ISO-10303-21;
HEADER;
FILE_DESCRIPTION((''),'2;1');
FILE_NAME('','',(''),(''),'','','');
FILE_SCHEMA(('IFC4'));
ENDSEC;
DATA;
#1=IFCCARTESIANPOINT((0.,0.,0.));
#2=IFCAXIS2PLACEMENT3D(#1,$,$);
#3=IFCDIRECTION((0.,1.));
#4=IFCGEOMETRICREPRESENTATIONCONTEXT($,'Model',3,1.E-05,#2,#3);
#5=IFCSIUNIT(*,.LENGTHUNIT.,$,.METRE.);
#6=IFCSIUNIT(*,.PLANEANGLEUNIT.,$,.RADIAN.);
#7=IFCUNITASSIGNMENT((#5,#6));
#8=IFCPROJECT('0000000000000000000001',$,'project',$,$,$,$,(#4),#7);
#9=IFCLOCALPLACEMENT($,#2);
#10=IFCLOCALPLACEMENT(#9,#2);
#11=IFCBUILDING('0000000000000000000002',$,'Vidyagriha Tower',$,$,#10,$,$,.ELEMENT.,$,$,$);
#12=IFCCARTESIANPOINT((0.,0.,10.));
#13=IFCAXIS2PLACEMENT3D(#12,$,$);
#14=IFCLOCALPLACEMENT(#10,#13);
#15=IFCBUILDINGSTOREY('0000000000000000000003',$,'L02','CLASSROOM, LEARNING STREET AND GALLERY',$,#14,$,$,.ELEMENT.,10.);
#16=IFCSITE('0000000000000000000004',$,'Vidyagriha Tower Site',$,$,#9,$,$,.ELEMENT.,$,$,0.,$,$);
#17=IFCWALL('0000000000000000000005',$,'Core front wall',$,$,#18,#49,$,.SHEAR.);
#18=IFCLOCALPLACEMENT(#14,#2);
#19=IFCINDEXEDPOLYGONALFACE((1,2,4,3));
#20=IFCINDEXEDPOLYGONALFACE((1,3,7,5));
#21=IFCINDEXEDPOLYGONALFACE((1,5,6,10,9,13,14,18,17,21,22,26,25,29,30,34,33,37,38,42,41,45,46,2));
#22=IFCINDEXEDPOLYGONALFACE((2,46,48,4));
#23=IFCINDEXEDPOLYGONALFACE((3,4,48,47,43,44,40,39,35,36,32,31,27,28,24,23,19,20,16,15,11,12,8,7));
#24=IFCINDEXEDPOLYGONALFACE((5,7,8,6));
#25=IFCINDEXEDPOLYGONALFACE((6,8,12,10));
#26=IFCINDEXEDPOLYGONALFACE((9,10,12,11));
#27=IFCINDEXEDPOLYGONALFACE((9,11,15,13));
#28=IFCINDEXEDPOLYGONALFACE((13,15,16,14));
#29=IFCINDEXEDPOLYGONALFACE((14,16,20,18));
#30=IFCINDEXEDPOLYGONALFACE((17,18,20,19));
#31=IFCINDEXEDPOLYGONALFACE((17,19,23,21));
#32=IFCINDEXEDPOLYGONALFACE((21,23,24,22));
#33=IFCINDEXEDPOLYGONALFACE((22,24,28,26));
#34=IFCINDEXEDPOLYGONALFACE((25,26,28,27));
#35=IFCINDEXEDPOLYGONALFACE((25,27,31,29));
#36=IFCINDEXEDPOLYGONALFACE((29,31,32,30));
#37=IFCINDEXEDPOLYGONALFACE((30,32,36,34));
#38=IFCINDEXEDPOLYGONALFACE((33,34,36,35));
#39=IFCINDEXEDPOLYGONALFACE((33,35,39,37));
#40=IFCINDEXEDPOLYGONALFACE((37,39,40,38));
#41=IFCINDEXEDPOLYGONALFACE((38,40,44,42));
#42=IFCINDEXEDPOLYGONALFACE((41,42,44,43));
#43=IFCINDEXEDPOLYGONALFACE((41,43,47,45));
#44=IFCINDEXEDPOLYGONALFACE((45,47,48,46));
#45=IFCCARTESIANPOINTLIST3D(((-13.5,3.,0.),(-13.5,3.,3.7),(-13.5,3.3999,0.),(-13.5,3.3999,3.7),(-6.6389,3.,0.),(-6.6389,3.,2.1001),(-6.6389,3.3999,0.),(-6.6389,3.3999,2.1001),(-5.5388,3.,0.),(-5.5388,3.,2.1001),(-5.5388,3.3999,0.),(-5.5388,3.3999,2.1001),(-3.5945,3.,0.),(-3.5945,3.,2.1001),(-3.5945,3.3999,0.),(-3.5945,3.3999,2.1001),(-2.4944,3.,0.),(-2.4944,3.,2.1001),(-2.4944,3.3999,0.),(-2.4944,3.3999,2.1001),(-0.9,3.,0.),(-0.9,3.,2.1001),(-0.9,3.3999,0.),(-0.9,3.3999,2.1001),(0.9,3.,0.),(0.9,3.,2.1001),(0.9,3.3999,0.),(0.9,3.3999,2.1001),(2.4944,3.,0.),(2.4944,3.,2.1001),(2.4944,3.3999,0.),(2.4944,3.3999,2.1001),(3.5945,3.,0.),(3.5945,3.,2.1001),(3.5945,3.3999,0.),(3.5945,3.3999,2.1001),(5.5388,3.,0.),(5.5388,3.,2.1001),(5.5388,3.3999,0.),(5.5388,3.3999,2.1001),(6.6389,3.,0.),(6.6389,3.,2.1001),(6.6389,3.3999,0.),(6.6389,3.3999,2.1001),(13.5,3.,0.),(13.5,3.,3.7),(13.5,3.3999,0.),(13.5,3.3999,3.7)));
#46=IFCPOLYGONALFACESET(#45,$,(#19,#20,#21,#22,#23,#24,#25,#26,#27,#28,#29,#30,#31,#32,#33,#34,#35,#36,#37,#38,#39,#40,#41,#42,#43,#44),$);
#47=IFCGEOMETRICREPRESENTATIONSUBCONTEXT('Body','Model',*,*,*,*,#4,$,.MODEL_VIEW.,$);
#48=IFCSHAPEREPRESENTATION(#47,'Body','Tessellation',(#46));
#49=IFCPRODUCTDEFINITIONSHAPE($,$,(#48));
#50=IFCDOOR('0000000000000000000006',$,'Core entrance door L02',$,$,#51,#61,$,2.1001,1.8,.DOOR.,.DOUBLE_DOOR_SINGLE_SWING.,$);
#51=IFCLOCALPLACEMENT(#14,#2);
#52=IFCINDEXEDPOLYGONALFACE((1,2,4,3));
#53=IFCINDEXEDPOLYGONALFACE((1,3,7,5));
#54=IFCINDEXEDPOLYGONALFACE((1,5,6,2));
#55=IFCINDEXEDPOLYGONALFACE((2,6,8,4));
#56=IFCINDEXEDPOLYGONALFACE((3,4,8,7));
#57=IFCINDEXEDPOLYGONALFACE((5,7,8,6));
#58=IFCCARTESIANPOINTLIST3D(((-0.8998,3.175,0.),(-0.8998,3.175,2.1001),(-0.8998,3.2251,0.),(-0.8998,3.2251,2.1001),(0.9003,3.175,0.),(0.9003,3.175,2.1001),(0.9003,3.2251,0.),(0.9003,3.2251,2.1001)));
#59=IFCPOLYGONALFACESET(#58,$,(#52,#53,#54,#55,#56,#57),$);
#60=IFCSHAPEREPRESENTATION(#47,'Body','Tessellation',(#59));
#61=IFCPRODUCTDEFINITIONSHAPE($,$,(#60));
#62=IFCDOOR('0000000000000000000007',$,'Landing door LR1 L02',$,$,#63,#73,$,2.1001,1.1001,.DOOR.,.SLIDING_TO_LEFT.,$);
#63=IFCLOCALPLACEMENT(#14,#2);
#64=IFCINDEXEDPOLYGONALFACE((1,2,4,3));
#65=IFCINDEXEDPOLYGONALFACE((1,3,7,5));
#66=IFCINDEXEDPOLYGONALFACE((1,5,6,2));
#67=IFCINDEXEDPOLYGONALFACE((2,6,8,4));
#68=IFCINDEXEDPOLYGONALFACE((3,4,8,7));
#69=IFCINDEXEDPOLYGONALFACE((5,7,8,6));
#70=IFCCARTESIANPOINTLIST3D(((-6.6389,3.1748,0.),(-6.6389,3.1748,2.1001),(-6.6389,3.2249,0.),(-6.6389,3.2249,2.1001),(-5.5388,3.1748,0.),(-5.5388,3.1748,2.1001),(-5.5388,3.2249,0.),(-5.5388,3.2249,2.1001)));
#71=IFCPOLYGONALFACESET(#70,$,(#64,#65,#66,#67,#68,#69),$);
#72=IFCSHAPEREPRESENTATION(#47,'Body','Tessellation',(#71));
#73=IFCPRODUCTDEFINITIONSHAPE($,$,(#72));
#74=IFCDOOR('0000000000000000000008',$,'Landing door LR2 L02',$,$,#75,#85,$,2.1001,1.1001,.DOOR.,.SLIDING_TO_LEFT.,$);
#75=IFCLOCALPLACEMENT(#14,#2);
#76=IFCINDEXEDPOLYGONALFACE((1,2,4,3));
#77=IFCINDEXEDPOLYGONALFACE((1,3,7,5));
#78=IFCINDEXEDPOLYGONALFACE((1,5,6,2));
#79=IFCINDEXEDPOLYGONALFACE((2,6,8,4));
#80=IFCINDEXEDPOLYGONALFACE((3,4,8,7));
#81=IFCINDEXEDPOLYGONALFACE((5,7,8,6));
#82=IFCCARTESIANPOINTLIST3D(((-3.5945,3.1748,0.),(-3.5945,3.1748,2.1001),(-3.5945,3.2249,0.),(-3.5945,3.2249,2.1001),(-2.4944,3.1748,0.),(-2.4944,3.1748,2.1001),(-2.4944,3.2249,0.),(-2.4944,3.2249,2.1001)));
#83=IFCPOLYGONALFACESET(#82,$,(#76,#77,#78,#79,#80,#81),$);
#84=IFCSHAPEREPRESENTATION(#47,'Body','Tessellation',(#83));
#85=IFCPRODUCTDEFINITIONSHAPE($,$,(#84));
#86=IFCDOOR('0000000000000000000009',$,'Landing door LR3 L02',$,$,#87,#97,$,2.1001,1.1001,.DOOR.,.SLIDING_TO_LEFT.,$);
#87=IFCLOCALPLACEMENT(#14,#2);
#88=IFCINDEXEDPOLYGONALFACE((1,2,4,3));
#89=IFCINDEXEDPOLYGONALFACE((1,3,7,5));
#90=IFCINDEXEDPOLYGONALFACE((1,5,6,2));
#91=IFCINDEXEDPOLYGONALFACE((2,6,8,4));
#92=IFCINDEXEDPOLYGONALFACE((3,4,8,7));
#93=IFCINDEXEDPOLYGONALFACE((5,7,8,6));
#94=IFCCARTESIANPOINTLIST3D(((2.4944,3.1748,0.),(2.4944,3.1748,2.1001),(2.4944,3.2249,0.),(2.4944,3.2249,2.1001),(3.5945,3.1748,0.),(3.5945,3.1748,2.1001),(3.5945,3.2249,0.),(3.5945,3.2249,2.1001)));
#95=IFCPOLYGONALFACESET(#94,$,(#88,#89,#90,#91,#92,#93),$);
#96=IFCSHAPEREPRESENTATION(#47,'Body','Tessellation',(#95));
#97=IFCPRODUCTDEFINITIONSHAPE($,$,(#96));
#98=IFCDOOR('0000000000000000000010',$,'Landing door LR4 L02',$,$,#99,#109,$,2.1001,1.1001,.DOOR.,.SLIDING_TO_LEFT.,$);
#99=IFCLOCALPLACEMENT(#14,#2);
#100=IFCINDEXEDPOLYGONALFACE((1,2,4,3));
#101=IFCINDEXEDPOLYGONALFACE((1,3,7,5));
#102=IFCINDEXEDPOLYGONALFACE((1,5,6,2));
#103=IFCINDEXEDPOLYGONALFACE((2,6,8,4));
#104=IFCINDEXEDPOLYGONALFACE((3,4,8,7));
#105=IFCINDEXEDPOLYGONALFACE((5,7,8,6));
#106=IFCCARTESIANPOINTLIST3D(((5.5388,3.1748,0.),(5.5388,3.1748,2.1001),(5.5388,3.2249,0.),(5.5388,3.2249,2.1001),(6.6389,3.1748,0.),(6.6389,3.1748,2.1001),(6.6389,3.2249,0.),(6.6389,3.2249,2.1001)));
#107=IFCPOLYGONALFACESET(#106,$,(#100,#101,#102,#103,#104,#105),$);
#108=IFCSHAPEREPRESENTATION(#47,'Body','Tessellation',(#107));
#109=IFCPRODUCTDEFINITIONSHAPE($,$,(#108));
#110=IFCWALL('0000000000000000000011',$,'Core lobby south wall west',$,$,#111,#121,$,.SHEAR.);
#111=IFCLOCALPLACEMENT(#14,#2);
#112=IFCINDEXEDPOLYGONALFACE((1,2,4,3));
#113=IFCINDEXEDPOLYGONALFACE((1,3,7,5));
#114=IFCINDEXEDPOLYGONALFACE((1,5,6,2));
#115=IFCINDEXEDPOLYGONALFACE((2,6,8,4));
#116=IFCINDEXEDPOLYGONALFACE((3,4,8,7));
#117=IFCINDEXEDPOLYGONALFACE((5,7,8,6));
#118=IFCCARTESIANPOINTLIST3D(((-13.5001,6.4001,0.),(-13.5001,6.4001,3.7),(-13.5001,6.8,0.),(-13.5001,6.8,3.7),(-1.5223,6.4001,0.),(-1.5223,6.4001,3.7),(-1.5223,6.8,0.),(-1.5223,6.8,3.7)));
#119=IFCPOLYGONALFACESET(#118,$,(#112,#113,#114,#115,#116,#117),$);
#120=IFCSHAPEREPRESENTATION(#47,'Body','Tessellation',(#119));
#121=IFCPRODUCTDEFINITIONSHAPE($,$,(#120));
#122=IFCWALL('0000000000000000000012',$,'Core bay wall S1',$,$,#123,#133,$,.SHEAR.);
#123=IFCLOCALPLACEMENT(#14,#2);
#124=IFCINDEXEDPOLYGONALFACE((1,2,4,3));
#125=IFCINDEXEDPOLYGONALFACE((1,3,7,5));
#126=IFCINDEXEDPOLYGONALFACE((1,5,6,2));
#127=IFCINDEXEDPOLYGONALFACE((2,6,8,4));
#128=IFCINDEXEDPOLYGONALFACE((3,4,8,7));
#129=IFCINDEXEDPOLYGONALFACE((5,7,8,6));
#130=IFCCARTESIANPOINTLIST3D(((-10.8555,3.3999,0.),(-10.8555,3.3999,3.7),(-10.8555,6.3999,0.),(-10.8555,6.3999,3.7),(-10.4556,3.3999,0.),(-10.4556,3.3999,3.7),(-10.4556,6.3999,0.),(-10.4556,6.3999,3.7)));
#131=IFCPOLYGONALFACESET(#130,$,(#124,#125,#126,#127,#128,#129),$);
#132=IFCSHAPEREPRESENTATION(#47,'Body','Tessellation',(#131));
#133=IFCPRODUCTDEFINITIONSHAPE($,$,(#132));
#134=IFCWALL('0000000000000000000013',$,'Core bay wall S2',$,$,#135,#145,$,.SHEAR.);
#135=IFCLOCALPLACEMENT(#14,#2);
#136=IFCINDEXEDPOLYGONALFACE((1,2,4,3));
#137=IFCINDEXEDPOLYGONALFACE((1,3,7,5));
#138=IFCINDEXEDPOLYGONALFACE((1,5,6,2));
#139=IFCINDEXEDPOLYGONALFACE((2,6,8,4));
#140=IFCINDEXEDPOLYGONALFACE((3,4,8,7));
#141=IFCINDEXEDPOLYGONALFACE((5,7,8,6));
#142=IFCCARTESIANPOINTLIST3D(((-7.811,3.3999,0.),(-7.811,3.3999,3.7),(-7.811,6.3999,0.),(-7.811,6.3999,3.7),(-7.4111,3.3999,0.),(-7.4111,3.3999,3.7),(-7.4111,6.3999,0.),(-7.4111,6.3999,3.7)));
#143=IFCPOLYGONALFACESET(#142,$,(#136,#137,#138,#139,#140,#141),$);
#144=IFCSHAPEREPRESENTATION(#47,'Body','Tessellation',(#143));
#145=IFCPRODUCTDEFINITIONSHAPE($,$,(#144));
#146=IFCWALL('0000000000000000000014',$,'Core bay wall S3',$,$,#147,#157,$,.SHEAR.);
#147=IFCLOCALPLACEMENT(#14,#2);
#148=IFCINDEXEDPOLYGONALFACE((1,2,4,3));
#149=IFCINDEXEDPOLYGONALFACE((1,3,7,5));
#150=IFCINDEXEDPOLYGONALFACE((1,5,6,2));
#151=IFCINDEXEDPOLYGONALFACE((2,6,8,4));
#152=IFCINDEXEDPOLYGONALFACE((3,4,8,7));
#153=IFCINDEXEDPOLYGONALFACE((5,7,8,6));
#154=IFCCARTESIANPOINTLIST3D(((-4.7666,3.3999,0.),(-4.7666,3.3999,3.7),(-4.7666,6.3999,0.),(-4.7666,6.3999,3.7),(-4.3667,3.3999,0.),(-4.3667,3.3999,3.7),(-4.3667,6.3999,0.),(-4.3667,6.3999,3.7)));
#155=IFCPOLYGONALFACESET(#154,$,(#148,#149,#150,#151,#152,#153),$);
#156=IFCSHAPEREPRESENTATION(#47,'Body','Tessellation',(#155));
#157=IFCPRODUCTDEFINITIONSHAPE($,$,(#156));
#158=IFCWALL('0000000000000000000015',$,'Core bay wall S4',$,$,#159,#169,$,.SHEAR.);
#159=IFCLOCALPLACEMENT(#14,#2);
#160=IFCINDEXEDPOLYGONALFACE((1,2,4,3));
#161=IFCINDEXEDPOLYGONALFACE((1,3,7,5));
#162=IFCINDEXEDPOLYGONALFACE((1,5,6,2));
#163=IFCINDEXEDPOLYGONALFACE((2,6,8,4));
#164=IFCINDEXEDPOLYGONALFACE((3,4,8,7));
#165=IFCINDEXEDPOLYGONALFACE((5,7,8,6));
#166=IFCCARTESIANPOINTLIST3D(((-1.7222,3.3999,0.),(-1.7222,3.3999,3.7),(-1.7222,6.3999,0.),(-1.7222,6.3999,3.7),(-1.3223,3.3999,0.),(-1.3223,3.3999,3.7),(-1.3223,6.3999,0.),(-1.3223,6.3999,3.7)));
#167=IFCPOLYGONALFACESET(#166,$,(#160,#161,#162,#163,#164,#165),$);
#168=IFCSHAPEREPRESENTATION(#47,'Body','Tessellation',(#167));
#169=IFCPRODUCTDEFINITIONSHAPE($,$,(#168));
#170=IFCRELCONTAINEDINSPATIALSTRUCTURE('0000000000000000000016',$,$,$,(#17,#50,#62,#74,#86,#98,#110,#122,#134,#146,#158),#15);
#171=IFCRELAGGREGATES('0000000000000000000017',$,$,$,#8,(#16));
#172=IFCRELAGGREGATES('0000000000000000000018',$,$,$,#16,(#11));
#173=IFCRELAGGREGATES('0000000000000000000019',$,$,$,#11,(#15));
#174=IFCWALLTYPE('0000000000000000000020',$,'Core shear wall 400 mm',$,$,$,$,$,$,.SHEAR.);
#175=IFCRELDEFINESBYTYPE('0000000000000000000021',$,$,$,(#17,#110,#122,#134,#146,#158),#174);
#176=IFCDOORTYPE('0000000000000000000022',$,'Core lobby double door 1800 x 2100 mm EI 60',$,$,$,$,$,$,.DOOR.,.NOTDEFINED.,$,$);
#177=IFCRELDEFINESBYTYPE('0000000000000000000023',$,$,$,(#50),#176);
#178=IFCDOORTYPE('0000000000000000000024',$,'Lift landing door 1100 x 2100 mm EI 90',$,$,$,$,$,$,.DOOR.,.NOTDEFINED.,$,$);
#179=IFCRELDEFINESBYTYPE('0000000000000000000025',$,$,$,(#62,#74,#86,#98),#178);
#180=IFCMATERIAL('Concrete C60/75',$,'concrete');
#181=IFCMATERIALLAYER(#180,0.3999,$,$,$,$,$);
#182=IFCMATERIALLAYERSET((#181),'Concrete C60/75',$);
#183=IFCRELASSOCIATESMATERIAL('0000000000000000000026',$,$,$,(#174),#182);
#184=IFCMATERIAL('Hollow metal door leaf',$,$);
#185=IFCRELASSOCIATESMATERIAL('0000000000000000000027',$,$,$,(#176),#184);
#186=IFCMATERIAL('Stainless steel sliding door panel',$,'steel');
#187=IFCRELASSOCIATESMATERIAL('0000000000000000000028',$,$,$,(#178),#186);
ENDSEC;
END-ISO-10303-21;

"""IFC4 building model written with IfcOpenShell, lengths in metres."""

from ifc_helpers import new_model, si_unit, direction, frame, frame_2d, origin, place, context, subcontext, project, spatial, rectangle, extrude, material, layer, layer_set, type_object, element, fill, save


model = new_model("IFC4")

# Units and contexts
model_context = context("Model", 3, precision=1e-05, world=origin(), true_north=direction((0.0, 1.0)))
body_context = subcontext(model_context, "Body", "Model", "MODEL_VIEW")
ifc_project = project(units=[si_unit("LENGTHUNIT", "METRE"), si_unit("PLANEANGLEUNIT", "RADIAN")], contexts=[model_context])

# Site, building, storey
site_placement = place(None, origin())
site = spatial("IfcSite", under=ifc_project, at=site_placement, Name="Vidyagriha Tower Site", CompositionType="ELEMENT", RefElevation=0.0)
building_placement = place(site_placement, origin())
building = spatial("IfcBuilding", under=site, at=building_placement, Name="Vidyagriha Tower", CompositionType="ELEMENT")
storey_placement = place(building_placement, frame((0.0, 0.0, 10.0)))
storey = spatial("IfcBuildingStorey", under=building, at=storey_placement, Name="L02", Description="CLASSROOM, LEARNING STREET AND GALLERY", CompositionType="ELEMENT", Elevation=10.0)

# Wall, openings, doors
ifc_material_1 = material(Name="Concrete C60/75", Category="concrete")
ifc_layer_1 = layer(ifc_material_1, 0.3999)
ifc_layer_set_1 = layer_set([ifc_layer_1], Name="Concrete C60/75")
wall_type_1 = type_object("IfcWallType", Name="Core shear wall 400 mm", PredefinedType="SHEAR", material=ifc_layer_set_1)
wall_1_placement = place(storey_placement, frame((-13.5, 3.2, 0.0)))
wall_1 = element("IfcWall", 1, at=wall_1_placement, inside=storey, type_object=wall_type_1, Name="Core front wall", PredefinedType="SHEAR", context=body_context, shape_type="SweptSolid", body=[
    extrude(rectangle(XDim=27.0, YDim=0.3999, at=frame_2d((13.5, 0.0))), origin(), (0.0, 0.0, 1.0), 3.7),
])
opening_1_placement = place(wall_1_placement, frame((6.8611, 0.0, 0.0)))
opening_1 = element("IfcOpeningElement", 2, at=opening_1_placement, cuts=wall_1, PredefinedType="OPENING", context=body_context, shape_type="SweptSolid", body=[
    extrude(rectangle(XDim=1.1001, YDim=2.1001, at=frame_2d((0.55, 1.05))), frame((0.0, 0.21, 0.0), z_axis=(0.0, -1.0, 0.0), x_axis=(1.0, 0.0, 0.0)), (0.0, 0.0, 1.0), 0.4199),
])
opening_2_placement = place(wall_1_placement, frame((9.9055, 0.0, 0.0)))
opening_2 = element("IfcOpeningElement", 3, at=opening_2_placement, cuts=wall_1, PredefinedType="OPENING", context=body_context, shape_type="SweptSolid", body=[
    extrude(rectangle(XDim=1.1001, YDim=2.1001, at=frame_2d((0.55, 1.05))), frame((0.0, 0.21, 0.0), z_axis=(0.0, -1.0, 0.0), x_axis=(1.0, 0.0, 0.0)), (0.0, 0.0, 1.0), 0.4199),
])
opening_3_placement = place(wall_1_placement, frame((15.9944, 0.0, 0.0)))
opening_3 = element("IfcOpeningElement", 4, at=opening_3_placement, cuts=wall_1, PredefinedType="OPENING", context=body_context, shape_type="SweptSolid", body=[
    extrude(rectangle(XDim=1.1001, YDim=2.1001, at=frame_2d((0.55, 1.05))), frame((0.0, 0.21, 0.0), z_axis=(0.0, -1.0, 0.0), x_axis=(1.0, 0.0, 0.0)), (0.0, 0.0, 1.0), 0.4199),
])
opening_4_placement = place(wall_1_placement, frame((19.0388, 0.0, 0.0)))
opening_4 = element("IfcOpeningElement", 5, at=opening_4_placement, cuts=wall_1, PredefinedType="OPENING", context=body_context, shape_type="SweptSolid", body=[
    extrude(rectangle(XDim=1.1001, YDim=2.1001, at=frame_2d((0.55, 1.05))), frame((0.0, 0.21, 0.0), z_axis=(0.0, -1.0, 0.0), x_axis=(1.0, 0.0, 0.0)), (0.0, 0.0, 1.0), 0.4199),
])
opening_5_placement = place(wall_1_placement, frame((12.6001, 0.0, 0.0)))
opening_5 = element("IfcOpeningElement", 6, at=opening_5_placement, cuts=wall_1, PredefinedType="OPENING", context=body_context, shape_type="SweptSolid", body=[
    extrude(rectangle(XDim=1.8, YDim=2.1001, at=frame_2d((0.8999, 1.05))), frame((0.0, 0.21, 0.0), z_axis=(0.0, -1.0, 0.0), x_axis=(1.0, 0.0, 0.0)), (0.0, 0.0, 1.0), 0.4199),
])
ifc_material_2 = material(Name="Hollow metal door leaf")
door_type_1 = type_object("IfcDoorType", Name="Core lobby double door 1800 x 2100 mm EI 60", OperationType="NOTDEFINED", PredefinedType="DOOR", material=ifc_material_2)
door_1_placement = place(opening_5_placement, frame((1.8, 0.0, 0.0), z_axis=(0.0, 0.0, 1.0), x_axis=(-1.0, 0.0, 0.0)))
door_1 = element("IfcDoor", 7, at=door_1_placement, inside=storey, type_object=door_type_1, Name="Core entrance door L02", OperationType="DOUBLE_DOOR_SINGLE_SWING", OverallHeight=2.1001, OverallWidth=1.8, PredefinedType="DOOR", context=body_context, shape_type="SweptSolid", body=[
    extrude(rectangle(XDim=1.8, YDim=2.1001, at=frame_2d((0.8999, 1.05))), frame((0.0, 0.0249, 0.0), z_axis=(0.0, -1.0, 0.0), x_axis=(1.0, 0.0, 0.0)), (0.0, 0.0, 1.0), 0.05),
])
fill(opening_5, door_1)
ifc_material_3 = material(Name="Stainless steel sliding door panel", Category="steel")
door_type_2 = type_object("IfcDoorType", Name="Lift landing door 1100 x 2100 mm EI 90", OperationType="NOTDEFINED", PredefinedType="DOOR", material=ifc_material_3)
door_2_placement = place(opening_1_placement, origin())
door_2 = element("IfcDoor", 8, at=door_2_placement, inside=storey, type_object=door_type_2, Name="Landing door LR1 L02", OperationType="SLIDING_TO_LEFT", OverallHeight=2.1001, OverallWidth=1.1001, PredefinedType="DOOR", context=body_context, shape_type="SweptSolid", body=[
    extrude(rectangle(XDim=1.1001, YDim=2.1001, at=frame_2d((0.55, 1.05))), frame((0.0, 0.0249, 0.0), z_axis=(0.0, -1.0, 0.0), x_axis=(1.0, 0.0, 0.0)), (0.0, 0.0, 1.0), 0.05),
])
fill(opening_1, door_2)
door_3_placement = place(opening_2_placement, origin())
door_3 = element("IfcDoor", 9, at=door_3_placement, inside=storey, type_object=door_type_2, Name="Landing door LR2 L02", OperationType="SLIDING_TO_LEFT", OverallHeight=2.1001, OverallWidth=1.1001, PredefinedType="DOOR", context=body_context, shape_type="SweptSolid", body=[
    extrude(rectangle(XDim=1.1001, YDim=2.1001, at=frame_2d((0.55, 1.05))), frame((0.0, 0.0249, 0.0), z_axis=(0.0, -1.0, 0.0), x_axis=(1.0, 0.0, 0.0)), (0.0, 0.0, 1.0), 0.05),
])
fill(opening_2, door_3)
door_4_placement = place(opening_3_placement, origin())
door_4 = element("IfcDoor", 10, at=door_4_placement, inside=storey, type_object=door_type_2, Name="Landing door LR3 L02", OperationType="SLIDING_TO_LEFT", OverallHeight=2.1001, OverallWidth=1.1001, PredefinedType="DOOR", context=body_context, shape_type="SweptSolid", body=[
    extrude(rectangle(XDim=1.1001, YDim=2.1001, at=frame_2d((0.55, 1.05))), frame((0.0, 0.0249, 0.0), z_axis=(0.0, -1.0, 0.0), x_axis=(1.0, 0.0, 0.0)), (0.0, 0.0, 1.0), 0.05),
])
fill(opening_3, door_4)
door_5_placement = place(opening_4_placement, origin())
door_5 = element("IfcDoor", 11, at=door_5_placement, inside=storey, type_object=door_type_2, Name="Landing door LR4 L02", OperationType="SLIDING_TO_LEFT", OverallHeight=2.1001, OverallWidth=1.1001, PredefinedType="DOOR", context=body_context, shape_type="SweptSolid", body=[
    extrude(rectangle(XDim=1.1001, YDim=2.1001, at=frame_2d((0.55, 1.05))), frame((0.0, 0.0249, 0.0), z_axis=(0.0, -1.0, 0.0), x_axis=(1.0, 0.0, 0.0)), (0.0, 0.0, 1.0), 0.05),
])
fill(opening_4, door_5)

# Walls
wall_2_placement = place(storey_placement, frame((-13.5, 6.6001, 0.0)))
element("IfcWall", 12, at=wall_2_placement, inside=storey, type_object=wall_type_1, Name="Core lobby south wall west", PredefinedType="SHEAR", context=body_context, shape_type="SweptSolid", body=[
    extrude(rectangle(XDim=11.9778, YDim=0.3999, at=frame_2d((5.9888, 0.0))), origin(), (0.0, 0.0, 1.0), 3.7),
])
for number, where, z_axis, x_axis, name in (
    (13, (-10.6555, 3.3999, 0.0), (0.0, 0.0, 1.0), (0.0, 1.0, 0.0), "Core bay wall S1"),
    (14, (-7.6111, 3.3999, 0.0), (0.0, 0.0, 1.0), (0.0, 1.0, 0.0), "Core bay wall S2"),
    (15, (-4.5667, 3.3999, 0.0), (0.0, 0.0, 1.0), (0.0, 1.0, 0.0), "Core bay wall S3"),
    (16, (-1.5222, 3.3999, 0.0), (0.0, 0.0, 1.0), (0.0, 1.0, 0.0), "Core bay wall S4"),
):
    element("IfcWall", number, at=place(storey_placement, frame(where, z_axis=z_axis, x_axis=x_axis)), inside=storey, type_object=wall_type_1, Name=name, PredefinedType="SHEAR", context=body_context, shape_type="SweptSolid", body=[
        extrude(rectangle(XDim=3.0, YDim=0.3999, at=frame_2d((1.5, 0.0))), origin(), (0.0, 0.0, 1.0), 3.7),
    ])

save(model, "model.ifc")
